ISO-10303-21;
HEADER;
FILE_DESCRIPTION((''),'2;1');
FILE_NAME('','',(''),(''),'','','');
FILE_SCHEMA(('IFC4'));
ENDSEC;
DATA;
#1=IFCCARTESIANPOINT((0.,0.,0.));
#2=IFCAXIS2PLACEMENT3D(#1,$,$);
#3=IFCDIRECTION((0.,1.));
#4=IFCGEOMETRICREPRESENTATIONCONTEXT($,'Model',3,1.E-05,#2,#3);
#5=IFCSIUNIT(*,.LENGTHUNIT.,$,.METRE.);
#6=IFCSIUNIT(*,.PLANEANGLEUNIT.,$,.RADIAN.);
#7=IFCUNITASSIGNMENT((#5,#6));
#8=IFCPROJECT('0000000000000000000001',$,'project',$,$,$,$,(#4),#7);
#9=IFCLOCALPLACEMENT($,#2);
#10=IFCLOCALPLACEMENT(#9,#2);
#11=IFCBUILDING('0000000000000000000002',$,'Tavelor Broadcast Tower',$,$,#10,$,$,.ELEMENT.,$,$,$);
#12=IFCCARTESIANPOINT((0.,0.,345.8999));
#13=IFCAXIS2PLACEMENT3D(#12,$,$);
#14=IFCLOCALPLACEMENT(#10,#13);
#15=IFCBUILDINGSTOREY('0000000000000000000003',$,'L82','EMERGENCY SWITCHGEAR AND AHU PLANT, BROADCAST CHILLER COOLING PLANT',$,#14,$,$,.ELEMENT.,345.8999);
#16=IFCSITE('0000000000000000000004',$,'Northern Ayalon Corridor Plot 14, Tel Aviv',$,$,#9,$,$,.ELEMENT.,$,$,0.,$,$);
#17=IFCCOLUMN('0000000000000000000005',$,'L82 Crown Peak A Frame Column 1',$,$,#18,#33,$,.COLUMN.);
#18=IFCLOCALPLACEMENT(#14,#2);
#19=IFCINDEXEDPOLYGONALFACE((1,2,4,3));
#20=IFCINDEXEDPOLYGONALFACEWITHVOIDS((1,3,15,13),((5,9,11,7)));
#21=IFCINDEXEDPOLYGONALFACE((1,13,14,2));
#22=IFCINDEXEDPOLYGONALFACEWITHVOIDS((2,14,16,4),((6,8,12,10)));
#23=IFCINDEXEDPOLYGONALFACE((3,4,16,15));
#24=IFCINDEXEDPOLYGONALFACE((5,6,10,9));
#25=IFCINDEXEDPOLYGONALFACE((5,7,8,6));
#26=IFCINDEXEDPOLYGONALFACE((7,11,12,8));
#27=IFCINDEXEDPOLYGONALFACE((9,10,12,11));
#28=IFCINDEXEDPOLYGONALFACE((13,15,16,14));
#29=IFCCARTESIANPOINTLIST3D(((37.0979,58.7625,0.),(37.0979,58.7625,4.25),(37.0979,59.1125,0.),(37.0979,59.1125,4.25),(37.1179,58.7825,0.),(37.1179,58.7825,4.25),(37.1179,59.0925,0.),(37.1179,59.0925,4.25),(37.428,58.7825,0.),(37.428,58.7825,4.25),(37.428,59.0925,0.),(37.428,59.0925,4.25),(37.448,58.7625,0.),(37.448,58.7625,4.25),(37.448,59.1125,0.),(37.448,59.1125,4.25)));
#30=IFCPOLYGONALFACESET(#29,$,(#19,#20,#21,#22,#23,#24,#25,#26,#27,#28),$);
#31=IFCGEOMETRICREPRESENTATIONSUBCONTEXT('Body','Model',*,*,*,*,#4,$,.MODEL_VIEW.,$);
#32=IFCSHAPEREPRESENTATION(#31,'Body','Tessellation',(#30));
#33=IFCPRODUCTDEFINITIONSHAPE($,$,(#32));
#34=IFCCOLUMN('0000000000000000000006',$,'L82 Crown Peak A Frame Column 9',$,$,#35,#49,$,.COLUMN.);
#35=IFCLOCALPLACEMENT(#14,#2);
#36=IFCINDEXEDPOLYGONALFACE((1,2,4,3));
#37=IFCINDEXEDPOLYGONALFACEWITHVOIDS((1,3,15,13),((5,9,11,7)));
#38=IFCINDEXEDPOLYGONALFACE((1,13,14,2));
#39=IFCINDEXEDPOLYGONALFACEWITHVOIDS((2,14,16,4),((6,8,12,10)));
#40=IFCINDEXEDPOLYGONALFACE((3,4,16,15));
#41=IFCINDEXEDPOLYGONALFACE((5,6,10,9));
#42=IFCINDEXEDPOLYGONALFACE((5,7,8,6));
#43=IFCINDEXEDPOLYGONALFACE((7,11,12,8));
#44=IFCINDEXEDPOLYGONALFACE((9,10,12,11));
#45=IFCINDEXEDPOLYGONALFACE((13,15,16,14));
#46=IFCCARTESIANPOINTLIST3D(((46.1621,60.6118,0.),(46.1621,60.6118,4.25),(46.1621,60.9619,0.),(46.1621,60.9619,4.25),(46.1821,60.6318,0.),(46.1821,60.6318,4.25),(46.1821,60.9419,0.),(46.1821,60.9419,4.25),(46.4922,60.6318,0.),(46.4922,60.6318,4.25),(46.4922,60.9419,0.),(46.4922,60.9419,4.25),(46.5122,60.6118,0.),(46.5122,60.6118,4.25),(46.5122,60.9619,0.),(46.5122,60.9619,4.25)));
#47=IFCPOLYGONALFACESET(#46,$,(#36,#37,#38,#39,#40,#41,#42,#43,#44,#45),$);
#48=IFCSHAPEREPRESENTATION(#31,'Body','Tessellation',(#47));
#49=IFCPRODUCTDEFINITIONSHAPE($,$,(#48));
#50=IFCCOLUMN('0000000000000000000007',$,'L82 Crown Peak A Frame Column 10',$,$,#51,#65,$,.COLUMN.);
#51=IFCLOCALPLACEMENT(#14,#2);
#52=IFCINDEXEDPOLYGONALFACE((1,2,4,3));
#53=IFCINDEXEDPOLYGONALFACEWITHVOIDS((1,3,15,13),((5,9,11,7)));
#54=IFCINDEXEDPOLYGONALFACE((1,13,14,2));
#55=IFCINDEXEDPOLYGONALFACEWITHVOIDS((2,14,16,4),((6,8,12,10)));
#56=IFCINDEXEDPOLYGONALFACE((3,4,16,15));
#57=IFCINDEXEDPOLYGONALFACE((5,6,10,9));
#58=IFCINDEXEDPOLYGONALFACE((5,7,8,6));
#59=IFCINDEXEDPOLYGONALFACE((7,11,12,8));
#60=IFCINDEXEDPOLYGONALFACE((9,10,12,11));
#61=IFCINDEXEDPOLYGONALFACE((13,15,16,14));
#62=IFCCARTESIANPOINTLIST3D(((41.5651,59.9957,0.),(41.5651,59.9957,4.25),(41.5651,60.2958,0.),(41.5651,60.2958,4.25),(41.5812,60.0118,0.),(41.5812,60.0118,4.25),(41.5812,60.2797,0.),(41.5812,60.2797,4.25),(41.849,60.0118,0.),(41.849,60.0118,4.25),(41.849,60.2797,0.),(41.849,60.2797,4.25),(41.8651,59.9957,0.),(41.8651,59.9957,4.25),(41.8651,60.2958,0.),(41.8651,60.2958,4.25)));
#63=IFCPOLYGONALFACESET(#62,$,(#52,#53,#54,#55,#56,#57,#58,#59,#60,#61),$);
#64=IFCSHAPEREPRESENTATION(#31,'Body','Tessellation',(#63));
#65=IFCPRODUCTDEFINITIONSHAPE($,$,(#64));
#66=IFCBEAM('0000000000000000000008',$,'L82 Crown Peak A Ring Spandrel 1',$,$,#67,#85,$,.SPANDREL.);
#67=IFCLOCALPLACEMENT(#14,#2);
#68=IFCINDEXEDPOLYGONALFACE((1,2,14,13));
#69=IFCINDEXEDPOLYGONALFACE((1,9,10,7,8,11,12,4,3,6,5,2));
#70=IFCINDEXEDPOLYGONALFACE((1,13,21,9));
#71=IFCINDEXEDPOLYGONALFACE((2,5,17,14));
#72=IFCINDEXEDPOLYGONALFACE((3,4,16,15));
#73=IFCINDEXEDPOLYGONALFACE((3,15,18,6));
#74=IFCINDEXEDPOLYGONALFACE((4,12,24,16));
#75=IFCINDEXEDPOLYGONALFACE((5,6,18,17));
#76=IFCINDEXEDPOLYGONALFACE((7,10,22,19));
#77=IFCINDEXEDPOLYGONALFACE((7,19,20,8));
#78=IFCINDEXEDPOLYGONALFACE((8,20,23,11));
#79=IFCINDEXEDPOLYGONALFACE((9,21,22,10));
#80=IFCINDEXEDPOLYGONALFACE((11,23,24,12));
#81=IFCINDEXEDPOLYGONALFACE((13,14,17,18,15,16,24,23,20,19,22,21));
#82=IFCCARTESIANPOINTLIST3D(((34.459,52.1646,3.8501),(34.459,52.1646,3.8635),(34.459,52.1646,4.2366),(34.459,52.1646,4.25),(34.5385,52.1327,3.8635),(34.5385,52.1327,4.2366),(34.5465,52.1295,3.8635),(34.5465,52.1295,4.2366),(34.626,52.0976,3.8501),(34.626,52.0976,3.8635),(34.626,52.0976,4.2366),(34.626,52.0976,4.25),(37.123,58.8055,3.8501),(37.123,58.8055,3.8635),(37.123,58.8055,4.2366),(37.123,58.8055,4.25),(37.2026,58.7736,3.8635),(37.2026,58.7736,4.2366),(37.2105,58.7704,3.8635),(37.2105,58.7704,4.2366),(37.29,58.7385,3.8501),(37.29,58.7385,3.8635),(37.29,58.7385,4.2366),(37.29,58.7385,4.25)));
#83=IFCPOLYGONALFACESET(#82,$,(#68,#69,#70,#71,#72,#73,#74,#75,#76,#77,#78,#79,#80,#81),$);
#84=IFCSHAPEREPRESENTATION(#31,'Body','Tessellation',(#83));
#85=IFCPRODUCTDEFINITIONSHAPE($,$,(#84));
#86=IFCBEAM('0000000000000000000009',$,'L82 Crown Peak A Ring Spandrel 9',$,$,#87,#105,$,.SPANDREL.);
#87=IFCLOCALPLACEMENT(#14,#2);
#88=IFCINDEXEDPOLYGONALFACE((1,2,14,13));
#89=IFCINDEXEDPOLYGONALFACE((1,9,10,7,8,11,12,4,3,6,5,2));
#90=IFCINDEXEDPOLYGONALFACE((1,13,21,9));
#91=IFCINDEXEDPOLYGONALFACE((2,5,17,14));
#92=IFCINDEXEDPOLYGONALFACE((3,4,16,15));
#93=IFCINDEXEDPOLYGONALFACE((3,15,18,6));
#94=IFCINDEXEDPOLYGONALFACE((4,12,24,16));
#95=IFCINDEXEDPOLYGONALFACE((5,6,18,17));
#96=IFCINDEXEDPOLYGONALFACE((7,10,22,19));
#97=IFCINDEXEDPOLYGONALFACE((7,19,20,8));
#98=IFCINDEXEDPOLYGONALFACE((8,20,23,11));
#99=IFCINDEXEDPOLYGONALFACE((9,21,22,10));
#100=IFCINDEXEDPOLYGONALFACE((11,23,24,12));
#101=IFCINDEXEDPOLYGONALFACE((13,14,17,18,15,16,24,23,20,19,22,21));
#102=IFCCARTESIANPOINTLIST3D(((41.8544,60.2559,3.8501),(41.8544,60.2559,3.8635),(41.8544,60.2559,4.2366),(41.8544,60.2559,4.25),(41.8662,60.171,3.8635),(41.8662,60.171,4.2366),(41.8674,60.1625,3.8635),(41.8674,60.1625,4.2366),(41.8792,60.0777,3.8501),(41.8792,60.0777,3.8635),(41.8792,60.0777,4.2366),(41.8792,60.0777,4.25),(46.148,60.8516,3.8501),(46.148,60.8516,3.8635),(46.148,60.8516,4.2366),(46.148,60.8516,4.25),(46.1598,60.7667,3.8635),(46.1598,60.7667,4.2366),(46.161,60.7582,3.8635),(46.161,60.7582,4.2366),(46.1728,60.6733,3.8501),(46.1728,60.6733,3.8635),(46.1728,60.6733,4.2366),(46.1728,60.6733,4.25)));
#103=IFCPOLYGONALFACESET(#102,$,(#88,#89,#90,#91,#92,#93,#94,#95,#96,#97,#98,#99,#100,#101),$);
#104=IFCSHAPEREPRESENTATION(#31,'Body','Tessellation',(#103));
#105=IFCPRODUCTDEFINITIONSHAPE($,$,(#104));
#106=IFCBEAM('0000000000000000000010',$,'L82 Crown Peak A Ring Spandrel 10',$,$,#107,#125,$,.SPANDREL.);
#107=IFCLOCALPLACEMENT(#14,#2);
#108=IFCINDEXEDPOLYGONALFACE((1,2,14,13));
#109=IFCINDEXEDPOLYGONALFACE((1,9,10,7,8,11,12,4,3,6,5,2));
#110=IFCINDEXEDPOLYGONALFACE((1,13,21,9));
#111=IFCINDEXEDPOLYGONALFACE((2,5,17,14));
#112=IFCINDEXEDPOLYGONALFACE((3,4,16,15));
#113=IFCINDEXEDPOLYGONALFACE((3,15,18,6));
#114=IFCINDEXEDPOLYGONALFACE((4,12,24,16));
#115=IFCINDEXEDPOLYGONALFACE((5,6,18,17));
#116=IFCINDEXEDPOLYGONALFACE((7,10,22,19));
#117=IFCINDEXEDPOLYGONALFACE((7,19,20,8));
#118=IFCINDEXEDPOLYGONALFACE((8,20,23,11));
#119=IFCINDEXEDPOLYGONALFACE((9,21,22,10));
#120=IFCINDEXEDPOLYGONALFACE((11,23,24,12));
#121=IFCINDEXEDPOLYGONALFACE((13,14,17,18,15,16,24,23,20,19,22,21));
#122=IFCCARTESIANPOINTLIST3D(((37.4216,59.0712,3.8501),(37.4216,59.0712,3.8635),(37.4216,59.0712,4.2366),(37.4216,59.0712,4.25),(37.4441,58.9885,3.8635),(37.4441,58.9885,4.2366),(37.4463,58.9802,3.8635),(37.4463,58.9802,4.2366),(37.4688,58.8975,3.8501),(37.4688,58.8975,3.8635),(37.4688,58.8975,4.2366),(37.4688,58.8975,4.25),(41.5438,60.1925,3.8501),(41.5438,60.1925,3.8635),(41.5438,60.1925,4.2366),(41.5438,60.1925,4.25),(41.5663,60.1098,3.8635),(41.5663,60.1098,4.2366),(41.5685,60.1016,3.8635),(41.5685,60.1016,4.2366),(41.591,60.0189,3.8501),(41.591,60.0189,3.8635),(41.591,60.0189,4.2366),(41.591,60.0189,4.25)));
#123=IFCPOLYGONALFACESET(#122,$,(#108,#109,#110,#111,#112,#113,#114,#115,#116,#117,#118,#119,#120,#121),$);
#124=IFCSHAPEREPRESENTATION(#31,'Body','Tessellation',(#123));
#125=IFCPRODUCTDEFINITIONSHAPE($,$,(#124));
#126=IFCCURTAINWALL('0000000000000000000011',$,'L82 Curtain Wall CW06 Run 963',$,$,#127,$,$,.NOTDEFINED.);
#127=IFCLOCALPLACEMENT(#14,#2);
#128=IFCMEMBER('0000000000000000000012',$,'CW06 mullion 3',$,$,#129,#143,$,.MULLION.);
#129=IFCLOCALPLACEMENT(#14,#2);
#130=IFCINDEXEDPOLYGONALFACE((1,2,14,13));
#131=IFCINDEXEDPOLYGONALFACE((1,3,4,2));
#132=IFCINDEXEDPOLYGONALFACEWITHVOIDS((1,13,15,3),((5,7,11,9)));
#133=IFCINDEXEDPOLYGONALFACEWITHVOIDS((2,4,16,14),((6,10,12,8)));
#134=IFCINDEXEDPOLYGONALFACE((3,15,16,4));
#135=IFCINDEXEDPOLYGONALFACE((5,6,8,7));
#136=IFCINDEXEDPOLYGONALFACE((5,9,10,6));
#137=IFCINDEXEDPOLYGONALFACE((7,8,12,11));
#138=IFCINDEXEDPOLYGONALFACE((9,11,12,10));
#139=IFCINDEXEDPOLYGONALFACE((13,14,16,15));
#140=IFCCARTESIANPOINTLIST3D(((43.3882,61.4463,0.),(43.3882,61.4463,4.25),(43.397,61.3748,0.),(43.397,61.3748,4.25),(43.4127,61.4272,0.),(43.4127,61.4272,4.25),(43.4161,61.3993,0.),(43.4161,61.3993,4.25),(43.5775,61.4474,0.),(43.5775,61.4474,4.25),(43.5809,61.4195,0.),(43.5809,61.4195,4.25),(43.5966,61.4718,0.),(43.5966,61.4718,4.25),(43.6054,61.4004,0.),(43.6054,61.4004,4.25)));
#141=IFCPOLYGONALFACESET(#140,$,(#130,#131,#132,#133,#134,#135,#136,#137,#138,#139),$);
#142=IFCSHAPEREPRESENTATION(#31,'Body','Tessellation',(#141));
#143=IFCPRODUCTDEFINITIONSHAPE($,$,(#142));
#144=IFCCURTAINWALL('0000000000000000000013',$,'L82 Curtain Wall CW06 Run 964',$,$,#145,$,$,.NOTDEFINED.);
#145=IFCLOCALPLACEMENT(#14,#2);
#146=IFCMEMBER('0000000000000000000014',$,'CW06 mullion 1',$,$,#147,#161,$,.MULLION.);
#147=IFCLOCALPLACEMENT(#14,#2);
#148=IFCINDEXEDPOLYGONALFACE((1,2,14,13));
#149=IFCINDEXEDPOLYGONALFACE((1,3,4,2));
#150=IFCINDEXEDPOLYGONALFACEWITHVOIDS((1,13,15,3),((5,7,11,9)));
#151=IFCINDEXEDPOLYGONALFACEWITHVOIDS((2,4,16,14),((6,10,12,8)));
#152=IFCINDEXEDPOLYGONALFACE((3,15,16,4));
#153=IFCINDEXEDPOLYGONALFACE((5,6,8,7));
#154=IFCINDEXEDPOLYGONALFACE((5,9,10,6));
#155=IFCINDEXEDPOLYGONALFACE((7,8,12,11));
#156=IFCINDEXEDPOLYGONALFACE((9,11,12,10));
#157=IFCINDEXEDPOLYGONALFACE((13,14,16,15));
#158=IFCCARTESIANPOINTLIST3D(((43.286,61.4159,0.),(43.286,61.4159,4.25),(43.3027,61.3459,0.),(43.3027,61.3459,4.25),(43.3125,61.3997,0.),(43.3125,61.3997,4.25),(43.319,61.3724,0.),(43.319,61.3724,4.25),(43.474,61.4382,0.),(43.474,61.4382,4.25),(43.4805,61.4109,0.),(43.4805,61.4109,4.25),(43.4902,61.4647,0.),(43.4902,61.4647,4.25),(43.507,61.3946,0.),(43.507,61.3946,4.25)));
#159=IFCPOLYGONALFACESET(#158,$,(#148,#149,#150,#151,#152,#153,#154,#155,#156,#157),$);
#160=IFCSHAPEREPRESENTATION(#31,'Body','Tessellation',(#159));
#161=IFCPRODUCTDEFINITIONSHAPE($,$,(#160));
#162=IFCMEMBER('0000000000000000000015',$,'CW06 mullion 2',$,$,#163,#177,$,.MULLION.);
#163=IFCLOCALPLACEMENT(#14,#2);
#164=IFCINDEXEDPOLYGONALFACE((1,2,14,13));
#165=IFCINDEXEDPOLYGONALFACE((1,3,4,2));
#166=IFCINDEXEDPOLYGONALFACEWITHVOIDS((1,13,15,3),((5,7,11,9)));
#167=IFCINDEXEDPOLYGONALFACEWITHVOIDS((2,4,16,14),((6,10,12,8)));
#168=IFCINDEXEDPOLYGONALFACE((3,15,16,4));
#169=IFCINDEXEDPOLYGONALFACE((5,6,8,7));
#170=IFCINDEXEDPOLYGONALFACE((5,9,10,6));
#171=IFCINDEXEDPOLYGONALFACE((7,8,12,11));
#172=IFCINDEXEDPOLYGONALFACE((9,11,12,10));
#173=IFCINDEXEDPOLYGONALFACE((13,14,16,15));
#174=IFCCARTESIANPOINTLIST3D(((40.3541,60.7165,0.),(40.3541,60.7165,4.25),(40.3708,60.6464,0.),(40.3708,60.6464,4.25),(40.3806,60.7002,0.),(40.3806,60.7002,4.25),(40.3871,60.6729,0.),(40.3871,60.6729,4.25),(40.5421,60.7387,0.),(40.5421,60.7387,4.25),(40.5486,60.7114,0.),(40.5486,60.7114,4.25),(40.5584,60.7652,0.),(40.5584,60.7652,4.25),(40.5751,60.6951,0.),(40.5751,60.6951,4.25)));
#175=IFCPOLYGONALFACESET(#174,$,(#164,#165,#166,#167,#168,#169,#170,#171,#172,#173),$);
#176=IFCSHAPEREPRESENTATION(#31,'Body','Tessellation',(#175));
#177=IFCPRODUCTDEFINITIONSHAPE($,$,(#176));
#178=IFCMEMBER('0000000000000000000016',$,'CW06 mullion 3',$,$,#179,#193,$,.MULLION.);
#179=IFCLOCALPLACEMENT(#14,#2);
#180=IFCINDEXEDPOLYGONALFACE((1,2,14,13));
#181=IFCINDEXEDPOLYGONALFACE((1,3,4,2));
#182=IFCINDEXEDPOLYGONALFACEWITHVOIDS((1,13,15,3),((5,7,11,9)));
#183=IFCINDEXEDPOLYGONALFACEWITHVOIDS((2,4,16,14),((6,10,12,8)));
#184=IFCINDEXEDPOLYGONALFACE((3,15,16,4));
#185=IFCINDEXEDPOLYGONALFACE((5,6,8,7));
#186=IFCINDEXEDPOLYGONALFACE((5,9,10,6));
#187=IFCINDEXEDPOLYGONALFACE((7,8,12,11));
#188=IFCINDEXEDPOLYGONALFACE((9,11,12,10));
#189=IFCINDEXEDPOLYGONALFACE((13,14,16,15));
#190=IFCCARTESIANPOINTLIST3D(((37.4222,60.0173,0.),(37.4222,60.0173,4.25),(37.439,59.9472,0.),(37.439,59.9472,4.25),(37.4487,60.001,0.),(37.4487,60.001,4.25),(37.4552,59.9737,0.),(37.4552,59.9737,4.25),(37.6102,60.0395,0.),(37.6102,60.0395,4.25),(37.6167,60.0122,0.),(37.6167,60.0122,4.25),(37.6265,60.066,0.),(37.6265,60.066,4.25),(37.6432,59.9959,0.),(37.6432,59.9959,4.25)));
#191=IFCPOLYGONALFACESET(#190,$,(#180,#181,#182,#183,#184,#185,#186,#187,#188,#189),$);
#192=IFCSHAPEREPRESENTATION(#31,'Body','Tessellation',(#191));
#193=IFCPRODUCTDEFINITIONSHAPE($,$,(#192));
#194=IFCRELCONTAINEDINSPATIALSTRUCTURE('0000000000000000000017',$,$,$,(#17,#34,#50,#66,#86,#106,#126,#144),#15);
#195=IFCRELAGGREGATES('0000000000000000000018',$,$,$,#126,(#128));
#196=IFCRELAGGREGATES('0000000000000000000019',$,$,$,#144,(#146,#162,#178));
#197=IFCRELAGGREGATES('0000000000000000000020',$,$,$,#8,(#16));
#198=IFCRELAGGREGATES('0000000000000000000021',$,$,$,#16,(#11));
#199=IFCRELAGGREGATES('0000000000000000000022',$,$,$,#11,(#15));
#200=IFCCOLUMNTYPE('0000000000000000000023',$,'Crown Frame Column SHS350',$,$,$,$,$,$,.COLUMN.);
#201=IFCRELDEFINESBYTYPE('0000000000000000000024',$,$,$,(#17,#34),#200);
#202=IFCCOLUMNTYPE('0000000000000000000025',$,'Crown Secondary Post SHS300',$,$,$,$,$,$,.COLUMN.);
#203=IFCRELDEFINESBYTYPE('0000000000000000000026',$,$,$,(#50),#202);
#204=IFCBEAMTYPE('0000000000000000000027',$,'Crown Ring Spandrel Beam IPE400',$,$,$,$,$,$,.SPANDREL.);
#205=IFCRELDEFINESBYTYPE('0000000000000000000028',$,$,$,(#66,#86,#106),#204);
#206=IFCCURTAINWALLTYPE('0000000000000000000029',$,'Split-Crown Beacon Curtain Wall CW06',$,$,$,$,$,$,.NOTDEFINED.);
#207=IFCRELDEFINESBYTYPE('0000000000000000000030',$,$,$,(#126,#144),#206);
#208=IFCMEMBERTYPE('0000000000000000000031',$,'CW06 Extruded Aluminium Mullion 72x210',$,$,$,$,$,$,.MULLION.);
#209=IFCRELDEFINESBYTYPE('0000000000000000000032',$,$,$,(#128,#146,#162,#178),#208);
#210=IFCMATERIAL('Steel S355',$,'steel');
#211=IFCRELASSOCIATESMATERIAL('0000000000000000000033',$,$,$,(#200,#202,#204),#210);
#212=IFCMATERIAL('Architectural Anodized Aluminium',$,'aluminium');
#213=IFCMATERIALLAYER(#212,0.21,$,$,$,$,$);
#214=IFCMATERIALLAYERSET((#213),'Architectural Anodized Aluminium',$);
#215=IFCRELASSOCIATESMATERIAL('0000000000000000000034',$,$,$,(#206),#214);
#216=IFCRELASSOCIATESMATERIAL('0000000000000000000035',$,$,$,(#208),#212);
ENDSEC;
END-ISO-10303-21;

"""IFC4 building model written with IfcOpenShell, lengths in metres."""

from ifc_helpers import new_model, si_unit, direction, frame, origin, origin_2d, place, context, subcontext, project, spatial, hollow_rectangle, i_section, extrude, source, transform, mapped, material, layer, layer_set, material_profile, profile_set, type_object, type_shapes, element, aggregate, save


model = new_model("IFC4")

# Units and contexts
model_context = context("Model", 3, precision=1e-05, world=origin(), true_north=direction((0.0, 1.0)))
body_context = subcontext(model_context, "Body", "Model", "MODEL_VIEW")
ifc_project = project(units=[si_unit("LENGTHUNIT", "METRE"), si_unit("PLANEANGLEUNIT", "RADIAN")], contexts=[model_context])

# Site, building, storey
site_placement = place(None, origin())
site = spatial("IfcSite", under=ifc_project, at=site_placement, Name="Northern Ayalon Corridor Plot 14, Tel Aviv", CompositionType="ELEMENT", RefElevation=0.0)
building_placement = place(site_placement, origin())
building = spatial("IfcBuilding", under=site, at=building_placement, Name="Tavelor Broadcast Tower", CompositionType="ELEMENT")
storey_placement = place(building_placement, frame((0.0, 0.0, 345.8999)))
storey = spatial("IfcBuildingStorey", under=building, at=storey_placement, Name="L82", Description="EMERGENCY SWITCHGEAR AND AHU PLANT, BROADCAST CHILLER COOLING PLANT", CompositionType="ELEMENT", Elevation=345.8999)

# Columns
ifc_material_1 = material(Name="Steel S355", Category="steel")
ifc_material_profile_1 = material_profile(ifc_material_1, hollow_rectangle(XDim=0.3501, YDim=0.3501, WallThickness=0.02, at=origin_2d()), Name="SHS 350x350x20")
ifc_profile_set_1 = profile_set([ifc_material_profile_1], Name="Steel S355")
column_type_1 = type_object("IfcColumnType", Name="Crown Frame Column SHS350", PredefinedType="COLUMN", material=ifc_profile_set_1)
for number, where, z_axis, x_axis, name in (
    (1, (37.2729, 58.9375, 0.0), (0.0, 0.0, 1.0), (1.0, 0.0, 0.0), "L82 Crown Peak A Frame Column 1"),
    (2, (46.3372, 60.7869, 0.0), (0.0, 0.0, 1.0), (1.0, 0.0, 0.0), "L82 Crown Peak A Frame Column 9"),
):
    element("IfcColumn", number, at=place(storey_placement, frame(where, z_axis=z_axis, x_axis=x_axis)), inside=storey, type_object=column_type_1, Name=name, PredefinedType="COLUMN", context=body_context, shape_type="SweptSolid", body=[
        extrude(hollow_rectangle(XDim=0.3501, YDim=0.3501, WallThickness=0.02, at=origin_2d()), origin(), (0.0, 0.0, 1.0), 4.25),
    ])
ifc_material_profile_2 = material_profile(ifc_material_1, hollow_rectangle(XDim=0.3, YDim=0.3, WallThickness=0.0161, at=origin_2d()), Name="SHS 300x300x16")
ifc_profile_set_2 = profile_set([ifc_material_profile_2], Name="Steel S355")
column_type_2 = type_object("IfcColumnType", Name="Crown Secondary Post SHS300", PredefinedType="COLUMN", material=ifc_profile_set_2)
column_placement = place(storey_placement, frame((41.7151, 60.1458, 0.0), z_axis=(0.0, 0.0, 1.0), x_axis=(1.0, 0.0, 0.0)))
element("IfcColumn", 3, at=column_placement, inside=storey, type_object=column_type_2, Name="L82 Crown Peak A Frame Column 10", PredefinedType="COLUMN", context=body_context, shape_type="SweptSolid", body=[
    extrude(hollow_rectangle(XDim=0.3, YDim=0.3, WallThickness=0.0161, at=origin_2d()), origin(), (0.0, 0.0, 1.0), 4.25),
])

# Beams
ifc_material_profile_3 = material_profile(ifc_material_1, i_section(OverallWidth=0.1799, OverallDepth=0.3999, WebThickness=0.0085, FlangeThickness=0.0134, at=origin_2d()), Name="IPE 400")
ifc_profile_set_3 = profile_set([ifc_material_profile_3], Name="Steel S355")
beam_type = type_object("IfcBeamType", Name="Crown Ring Spandrel Beam IPE400", PredefinedType="SPANDREL", material=ifc_profile_set_3)
beam_1_placement = place(storey_placement, frame((37.2065, 58.772, 4.05), z_axis=(-0.37232, -0.928104, 0.0), x_axis=(0.928104, -0.37232, 0.0)))
element("IfcBeam", 4, at=beam_1_placement, inside=storey, type_object=beam_type, Name="L82 Crown Peak A Ring Spandrel 1", PredefinedType="SPANDREL", context=body_context, shape_type="SweptSolid", body=[
    extrude(i_section(OverallWidth=0.1799, OverallDepth=0.3999, WebThickness=0.0085, FlangeThickness=0.0134, at=origin_2d()), origin(), (0.0, 0.0, 1.0), 7.1553),
])
beam_2_placement = place(storey_placement, frame((46.1604, 60.7625, 4.05), z_axis=(-0.990513, -0.137423, 0.0), x_axis=(0.137423, -0.990513, 0.0)))
element("IfcBeam", 5, at=beam_2_placement, inside=storey, type_object=beam_type, Name="L82 Crown Peak A Ring Spandrel 9", PredefinedType="SPANDREL", context=body_context, shape_type="SweptSolid", body=[
    extrude(i_section(OverallWidth=0.1799, OverallDepth=0.3999, WebThickness=0.0085, FlangeThickness=0.0134, at=origin_2d()), origin(), (0.0, 0.0, 1.0), 4.3347),
])
beam_3_placement = place(storey_placement, frame((41.5674, 60.1057, 4.05), z_axis=(-0.964934, -0.262494, 0.0), x_axis=(0.262494, -0.964934, 0.0)))
element("IfcBeam", 6, at=beam_3_placement, inside=storey, type_object=beam_type, Name="L82 Crown Peak A Ring Spandrel 10", PredefinedType="SPANDREL", context=body_context, shape_type="SweptSolid", body=[
    extrude(i_section(OverallWidth=0.1799, OverallDepth=0.3999, WebThickness=0.0085, FlangeThickness=0.0134, at=origin_2d()), origin(), (0.0, 0.0, 1.0), 4.272),
])

# Curtain wall, member
ifc_material_2 = material(Name="Architectural Anodized Aluminium", Category="aluminium")
ifc_layer_1 = layer(ifc_material_2, 0.21)
ifc_layer_set_1 = layer_set([ifc_layer_1], Name="Architectural Anodized Aluminium")
curtain_wall_type = type_object("IfcCurtainWallType", Name="Split-Crown Beacon Curtain Wall CW06", PredefinedType="NOTDEFINED", material=ifc_layer_set_1)
curtain_wall_1_placement = place(storey_placement, origin())
curtain_wall_1 = element("IfcCurtainWall", 7, at=curtain_wall_1_placement, inside=storey, type_object=curtain_wall_type, Name="L82 Curtain Wall CW06 Run 963", PredefinedType="NOTDEFINED")
ifc_material_profile_4 = material_profile(ifc_material_2, hollow_rectangle(XDim=0.072, YDim=0.21, WallThickness=0.022, at=origin_2d()), Name="RHS 72x210x22")
ifc_profile_set_4 = profile_set([ifc_material_profile_4], Name="Architectural Anodized Aluminium")
member_type_1 = type_object("IfcMemberType", Name="CW06 Extruded Aluminium Mullion 72x210", PredefinedType="MULLION", material=ifc_profile_set_4)
shared_shape_1 = source(origin(), body_context, "Body", "SweptSolid", [
    extrude(hollow_rectangle(XDim=0.072, YDim=0.21, WallThickness=0.022, at=origin_2d()), origin(), (0.0, 0.0, 1.0), 4.25),
])
type_shapes(member_type_1, [shared_shape_1])
member_1_placement = place(storey_placement, frame((43.4968, 61.4233, 0.0), z_axis=(0.0, 0.0, 1.0), x_axis=(0.121601, -0.992579, 0.0)))
member_1 = element("IfcMember", 8, at=member_1_placement, type_object=member_type_1, Name="CW06 mullion 3", PredefinedType="MULLION", context=body_context, shape_type="MappedRepresentation", body=[
    mapped(shared_shape_1, transform((0.0, 0.0, 0.0), scale=1.0)),
])

# Curtain wall, members
curtain_wall_2_placement = place(storey_placement, origin())
curtain_wall_2 = element("IfcCurtainWall", 9, at=curtain_wall_2_placement, inside=storey, type_object=curtain_wall_type, Name="L82 Curtain Wall CW06 Run 964", PredefinedType="NOTDEFINED")
member_2_placement = place(storey_placement, frame((43.3965, 61.4053, 0.0), z_axis=(0.0, 0.0, 1.0), x_axis=(0.232022, -0.97271, 0.0)))
member_2 = element("IfcMember", 10, at=member_2_placement, type_object=member_type_1, Name="CW06 mullion 1", PredefinedType="MULLION", context=body_context, shape_type="MappedRepresentation", body=[
    mapped(shared_shape_1, transform((0.0, 0.0, 0.0), scale=1.0)),
])
member_3_placement = place(storey_placement, frame((40.4646, 60.7058, 0.0), z_axis=(0.0, 0.0, 1.0), x_axis=(0.232022, -0.97271, 0.0)))
member_3 = element("IfcMember", 11, at=member_3_placement, type_object=member_type_1, Name="CW06 mullion 2", PredefinedType="MULLION", context=body_context, shape_type="MappedRepresentation", body=[
    mapped(shared_shape_1, transform((0.0, 0.0, 0.0), scale=1.0)),
])
member_4_placement = place(storey_placement, frame((37.5327, 60.0066, 0.0), z_axis=(0.0, 0.0, 1.0), x_axis=(0.232022, -0.97271, 0.0)))
member_4 = element("IfcMember", 12, at=member_4_placement, type_object=member_type_1, Name="CW06 mullion 3", PredefinedType="MULLION", context=body_context, shape_type="MappedRepresentation", body=[
    mapped(shared_shape_1, transform((0.0, 0.0, 0.0), scale=1.0)),
])

aggregate(curtain_wall_1, [member_1])
aggregate(curtain_wall_2, [member_2, member_3, member_4])

save(model, "model.ifc")
